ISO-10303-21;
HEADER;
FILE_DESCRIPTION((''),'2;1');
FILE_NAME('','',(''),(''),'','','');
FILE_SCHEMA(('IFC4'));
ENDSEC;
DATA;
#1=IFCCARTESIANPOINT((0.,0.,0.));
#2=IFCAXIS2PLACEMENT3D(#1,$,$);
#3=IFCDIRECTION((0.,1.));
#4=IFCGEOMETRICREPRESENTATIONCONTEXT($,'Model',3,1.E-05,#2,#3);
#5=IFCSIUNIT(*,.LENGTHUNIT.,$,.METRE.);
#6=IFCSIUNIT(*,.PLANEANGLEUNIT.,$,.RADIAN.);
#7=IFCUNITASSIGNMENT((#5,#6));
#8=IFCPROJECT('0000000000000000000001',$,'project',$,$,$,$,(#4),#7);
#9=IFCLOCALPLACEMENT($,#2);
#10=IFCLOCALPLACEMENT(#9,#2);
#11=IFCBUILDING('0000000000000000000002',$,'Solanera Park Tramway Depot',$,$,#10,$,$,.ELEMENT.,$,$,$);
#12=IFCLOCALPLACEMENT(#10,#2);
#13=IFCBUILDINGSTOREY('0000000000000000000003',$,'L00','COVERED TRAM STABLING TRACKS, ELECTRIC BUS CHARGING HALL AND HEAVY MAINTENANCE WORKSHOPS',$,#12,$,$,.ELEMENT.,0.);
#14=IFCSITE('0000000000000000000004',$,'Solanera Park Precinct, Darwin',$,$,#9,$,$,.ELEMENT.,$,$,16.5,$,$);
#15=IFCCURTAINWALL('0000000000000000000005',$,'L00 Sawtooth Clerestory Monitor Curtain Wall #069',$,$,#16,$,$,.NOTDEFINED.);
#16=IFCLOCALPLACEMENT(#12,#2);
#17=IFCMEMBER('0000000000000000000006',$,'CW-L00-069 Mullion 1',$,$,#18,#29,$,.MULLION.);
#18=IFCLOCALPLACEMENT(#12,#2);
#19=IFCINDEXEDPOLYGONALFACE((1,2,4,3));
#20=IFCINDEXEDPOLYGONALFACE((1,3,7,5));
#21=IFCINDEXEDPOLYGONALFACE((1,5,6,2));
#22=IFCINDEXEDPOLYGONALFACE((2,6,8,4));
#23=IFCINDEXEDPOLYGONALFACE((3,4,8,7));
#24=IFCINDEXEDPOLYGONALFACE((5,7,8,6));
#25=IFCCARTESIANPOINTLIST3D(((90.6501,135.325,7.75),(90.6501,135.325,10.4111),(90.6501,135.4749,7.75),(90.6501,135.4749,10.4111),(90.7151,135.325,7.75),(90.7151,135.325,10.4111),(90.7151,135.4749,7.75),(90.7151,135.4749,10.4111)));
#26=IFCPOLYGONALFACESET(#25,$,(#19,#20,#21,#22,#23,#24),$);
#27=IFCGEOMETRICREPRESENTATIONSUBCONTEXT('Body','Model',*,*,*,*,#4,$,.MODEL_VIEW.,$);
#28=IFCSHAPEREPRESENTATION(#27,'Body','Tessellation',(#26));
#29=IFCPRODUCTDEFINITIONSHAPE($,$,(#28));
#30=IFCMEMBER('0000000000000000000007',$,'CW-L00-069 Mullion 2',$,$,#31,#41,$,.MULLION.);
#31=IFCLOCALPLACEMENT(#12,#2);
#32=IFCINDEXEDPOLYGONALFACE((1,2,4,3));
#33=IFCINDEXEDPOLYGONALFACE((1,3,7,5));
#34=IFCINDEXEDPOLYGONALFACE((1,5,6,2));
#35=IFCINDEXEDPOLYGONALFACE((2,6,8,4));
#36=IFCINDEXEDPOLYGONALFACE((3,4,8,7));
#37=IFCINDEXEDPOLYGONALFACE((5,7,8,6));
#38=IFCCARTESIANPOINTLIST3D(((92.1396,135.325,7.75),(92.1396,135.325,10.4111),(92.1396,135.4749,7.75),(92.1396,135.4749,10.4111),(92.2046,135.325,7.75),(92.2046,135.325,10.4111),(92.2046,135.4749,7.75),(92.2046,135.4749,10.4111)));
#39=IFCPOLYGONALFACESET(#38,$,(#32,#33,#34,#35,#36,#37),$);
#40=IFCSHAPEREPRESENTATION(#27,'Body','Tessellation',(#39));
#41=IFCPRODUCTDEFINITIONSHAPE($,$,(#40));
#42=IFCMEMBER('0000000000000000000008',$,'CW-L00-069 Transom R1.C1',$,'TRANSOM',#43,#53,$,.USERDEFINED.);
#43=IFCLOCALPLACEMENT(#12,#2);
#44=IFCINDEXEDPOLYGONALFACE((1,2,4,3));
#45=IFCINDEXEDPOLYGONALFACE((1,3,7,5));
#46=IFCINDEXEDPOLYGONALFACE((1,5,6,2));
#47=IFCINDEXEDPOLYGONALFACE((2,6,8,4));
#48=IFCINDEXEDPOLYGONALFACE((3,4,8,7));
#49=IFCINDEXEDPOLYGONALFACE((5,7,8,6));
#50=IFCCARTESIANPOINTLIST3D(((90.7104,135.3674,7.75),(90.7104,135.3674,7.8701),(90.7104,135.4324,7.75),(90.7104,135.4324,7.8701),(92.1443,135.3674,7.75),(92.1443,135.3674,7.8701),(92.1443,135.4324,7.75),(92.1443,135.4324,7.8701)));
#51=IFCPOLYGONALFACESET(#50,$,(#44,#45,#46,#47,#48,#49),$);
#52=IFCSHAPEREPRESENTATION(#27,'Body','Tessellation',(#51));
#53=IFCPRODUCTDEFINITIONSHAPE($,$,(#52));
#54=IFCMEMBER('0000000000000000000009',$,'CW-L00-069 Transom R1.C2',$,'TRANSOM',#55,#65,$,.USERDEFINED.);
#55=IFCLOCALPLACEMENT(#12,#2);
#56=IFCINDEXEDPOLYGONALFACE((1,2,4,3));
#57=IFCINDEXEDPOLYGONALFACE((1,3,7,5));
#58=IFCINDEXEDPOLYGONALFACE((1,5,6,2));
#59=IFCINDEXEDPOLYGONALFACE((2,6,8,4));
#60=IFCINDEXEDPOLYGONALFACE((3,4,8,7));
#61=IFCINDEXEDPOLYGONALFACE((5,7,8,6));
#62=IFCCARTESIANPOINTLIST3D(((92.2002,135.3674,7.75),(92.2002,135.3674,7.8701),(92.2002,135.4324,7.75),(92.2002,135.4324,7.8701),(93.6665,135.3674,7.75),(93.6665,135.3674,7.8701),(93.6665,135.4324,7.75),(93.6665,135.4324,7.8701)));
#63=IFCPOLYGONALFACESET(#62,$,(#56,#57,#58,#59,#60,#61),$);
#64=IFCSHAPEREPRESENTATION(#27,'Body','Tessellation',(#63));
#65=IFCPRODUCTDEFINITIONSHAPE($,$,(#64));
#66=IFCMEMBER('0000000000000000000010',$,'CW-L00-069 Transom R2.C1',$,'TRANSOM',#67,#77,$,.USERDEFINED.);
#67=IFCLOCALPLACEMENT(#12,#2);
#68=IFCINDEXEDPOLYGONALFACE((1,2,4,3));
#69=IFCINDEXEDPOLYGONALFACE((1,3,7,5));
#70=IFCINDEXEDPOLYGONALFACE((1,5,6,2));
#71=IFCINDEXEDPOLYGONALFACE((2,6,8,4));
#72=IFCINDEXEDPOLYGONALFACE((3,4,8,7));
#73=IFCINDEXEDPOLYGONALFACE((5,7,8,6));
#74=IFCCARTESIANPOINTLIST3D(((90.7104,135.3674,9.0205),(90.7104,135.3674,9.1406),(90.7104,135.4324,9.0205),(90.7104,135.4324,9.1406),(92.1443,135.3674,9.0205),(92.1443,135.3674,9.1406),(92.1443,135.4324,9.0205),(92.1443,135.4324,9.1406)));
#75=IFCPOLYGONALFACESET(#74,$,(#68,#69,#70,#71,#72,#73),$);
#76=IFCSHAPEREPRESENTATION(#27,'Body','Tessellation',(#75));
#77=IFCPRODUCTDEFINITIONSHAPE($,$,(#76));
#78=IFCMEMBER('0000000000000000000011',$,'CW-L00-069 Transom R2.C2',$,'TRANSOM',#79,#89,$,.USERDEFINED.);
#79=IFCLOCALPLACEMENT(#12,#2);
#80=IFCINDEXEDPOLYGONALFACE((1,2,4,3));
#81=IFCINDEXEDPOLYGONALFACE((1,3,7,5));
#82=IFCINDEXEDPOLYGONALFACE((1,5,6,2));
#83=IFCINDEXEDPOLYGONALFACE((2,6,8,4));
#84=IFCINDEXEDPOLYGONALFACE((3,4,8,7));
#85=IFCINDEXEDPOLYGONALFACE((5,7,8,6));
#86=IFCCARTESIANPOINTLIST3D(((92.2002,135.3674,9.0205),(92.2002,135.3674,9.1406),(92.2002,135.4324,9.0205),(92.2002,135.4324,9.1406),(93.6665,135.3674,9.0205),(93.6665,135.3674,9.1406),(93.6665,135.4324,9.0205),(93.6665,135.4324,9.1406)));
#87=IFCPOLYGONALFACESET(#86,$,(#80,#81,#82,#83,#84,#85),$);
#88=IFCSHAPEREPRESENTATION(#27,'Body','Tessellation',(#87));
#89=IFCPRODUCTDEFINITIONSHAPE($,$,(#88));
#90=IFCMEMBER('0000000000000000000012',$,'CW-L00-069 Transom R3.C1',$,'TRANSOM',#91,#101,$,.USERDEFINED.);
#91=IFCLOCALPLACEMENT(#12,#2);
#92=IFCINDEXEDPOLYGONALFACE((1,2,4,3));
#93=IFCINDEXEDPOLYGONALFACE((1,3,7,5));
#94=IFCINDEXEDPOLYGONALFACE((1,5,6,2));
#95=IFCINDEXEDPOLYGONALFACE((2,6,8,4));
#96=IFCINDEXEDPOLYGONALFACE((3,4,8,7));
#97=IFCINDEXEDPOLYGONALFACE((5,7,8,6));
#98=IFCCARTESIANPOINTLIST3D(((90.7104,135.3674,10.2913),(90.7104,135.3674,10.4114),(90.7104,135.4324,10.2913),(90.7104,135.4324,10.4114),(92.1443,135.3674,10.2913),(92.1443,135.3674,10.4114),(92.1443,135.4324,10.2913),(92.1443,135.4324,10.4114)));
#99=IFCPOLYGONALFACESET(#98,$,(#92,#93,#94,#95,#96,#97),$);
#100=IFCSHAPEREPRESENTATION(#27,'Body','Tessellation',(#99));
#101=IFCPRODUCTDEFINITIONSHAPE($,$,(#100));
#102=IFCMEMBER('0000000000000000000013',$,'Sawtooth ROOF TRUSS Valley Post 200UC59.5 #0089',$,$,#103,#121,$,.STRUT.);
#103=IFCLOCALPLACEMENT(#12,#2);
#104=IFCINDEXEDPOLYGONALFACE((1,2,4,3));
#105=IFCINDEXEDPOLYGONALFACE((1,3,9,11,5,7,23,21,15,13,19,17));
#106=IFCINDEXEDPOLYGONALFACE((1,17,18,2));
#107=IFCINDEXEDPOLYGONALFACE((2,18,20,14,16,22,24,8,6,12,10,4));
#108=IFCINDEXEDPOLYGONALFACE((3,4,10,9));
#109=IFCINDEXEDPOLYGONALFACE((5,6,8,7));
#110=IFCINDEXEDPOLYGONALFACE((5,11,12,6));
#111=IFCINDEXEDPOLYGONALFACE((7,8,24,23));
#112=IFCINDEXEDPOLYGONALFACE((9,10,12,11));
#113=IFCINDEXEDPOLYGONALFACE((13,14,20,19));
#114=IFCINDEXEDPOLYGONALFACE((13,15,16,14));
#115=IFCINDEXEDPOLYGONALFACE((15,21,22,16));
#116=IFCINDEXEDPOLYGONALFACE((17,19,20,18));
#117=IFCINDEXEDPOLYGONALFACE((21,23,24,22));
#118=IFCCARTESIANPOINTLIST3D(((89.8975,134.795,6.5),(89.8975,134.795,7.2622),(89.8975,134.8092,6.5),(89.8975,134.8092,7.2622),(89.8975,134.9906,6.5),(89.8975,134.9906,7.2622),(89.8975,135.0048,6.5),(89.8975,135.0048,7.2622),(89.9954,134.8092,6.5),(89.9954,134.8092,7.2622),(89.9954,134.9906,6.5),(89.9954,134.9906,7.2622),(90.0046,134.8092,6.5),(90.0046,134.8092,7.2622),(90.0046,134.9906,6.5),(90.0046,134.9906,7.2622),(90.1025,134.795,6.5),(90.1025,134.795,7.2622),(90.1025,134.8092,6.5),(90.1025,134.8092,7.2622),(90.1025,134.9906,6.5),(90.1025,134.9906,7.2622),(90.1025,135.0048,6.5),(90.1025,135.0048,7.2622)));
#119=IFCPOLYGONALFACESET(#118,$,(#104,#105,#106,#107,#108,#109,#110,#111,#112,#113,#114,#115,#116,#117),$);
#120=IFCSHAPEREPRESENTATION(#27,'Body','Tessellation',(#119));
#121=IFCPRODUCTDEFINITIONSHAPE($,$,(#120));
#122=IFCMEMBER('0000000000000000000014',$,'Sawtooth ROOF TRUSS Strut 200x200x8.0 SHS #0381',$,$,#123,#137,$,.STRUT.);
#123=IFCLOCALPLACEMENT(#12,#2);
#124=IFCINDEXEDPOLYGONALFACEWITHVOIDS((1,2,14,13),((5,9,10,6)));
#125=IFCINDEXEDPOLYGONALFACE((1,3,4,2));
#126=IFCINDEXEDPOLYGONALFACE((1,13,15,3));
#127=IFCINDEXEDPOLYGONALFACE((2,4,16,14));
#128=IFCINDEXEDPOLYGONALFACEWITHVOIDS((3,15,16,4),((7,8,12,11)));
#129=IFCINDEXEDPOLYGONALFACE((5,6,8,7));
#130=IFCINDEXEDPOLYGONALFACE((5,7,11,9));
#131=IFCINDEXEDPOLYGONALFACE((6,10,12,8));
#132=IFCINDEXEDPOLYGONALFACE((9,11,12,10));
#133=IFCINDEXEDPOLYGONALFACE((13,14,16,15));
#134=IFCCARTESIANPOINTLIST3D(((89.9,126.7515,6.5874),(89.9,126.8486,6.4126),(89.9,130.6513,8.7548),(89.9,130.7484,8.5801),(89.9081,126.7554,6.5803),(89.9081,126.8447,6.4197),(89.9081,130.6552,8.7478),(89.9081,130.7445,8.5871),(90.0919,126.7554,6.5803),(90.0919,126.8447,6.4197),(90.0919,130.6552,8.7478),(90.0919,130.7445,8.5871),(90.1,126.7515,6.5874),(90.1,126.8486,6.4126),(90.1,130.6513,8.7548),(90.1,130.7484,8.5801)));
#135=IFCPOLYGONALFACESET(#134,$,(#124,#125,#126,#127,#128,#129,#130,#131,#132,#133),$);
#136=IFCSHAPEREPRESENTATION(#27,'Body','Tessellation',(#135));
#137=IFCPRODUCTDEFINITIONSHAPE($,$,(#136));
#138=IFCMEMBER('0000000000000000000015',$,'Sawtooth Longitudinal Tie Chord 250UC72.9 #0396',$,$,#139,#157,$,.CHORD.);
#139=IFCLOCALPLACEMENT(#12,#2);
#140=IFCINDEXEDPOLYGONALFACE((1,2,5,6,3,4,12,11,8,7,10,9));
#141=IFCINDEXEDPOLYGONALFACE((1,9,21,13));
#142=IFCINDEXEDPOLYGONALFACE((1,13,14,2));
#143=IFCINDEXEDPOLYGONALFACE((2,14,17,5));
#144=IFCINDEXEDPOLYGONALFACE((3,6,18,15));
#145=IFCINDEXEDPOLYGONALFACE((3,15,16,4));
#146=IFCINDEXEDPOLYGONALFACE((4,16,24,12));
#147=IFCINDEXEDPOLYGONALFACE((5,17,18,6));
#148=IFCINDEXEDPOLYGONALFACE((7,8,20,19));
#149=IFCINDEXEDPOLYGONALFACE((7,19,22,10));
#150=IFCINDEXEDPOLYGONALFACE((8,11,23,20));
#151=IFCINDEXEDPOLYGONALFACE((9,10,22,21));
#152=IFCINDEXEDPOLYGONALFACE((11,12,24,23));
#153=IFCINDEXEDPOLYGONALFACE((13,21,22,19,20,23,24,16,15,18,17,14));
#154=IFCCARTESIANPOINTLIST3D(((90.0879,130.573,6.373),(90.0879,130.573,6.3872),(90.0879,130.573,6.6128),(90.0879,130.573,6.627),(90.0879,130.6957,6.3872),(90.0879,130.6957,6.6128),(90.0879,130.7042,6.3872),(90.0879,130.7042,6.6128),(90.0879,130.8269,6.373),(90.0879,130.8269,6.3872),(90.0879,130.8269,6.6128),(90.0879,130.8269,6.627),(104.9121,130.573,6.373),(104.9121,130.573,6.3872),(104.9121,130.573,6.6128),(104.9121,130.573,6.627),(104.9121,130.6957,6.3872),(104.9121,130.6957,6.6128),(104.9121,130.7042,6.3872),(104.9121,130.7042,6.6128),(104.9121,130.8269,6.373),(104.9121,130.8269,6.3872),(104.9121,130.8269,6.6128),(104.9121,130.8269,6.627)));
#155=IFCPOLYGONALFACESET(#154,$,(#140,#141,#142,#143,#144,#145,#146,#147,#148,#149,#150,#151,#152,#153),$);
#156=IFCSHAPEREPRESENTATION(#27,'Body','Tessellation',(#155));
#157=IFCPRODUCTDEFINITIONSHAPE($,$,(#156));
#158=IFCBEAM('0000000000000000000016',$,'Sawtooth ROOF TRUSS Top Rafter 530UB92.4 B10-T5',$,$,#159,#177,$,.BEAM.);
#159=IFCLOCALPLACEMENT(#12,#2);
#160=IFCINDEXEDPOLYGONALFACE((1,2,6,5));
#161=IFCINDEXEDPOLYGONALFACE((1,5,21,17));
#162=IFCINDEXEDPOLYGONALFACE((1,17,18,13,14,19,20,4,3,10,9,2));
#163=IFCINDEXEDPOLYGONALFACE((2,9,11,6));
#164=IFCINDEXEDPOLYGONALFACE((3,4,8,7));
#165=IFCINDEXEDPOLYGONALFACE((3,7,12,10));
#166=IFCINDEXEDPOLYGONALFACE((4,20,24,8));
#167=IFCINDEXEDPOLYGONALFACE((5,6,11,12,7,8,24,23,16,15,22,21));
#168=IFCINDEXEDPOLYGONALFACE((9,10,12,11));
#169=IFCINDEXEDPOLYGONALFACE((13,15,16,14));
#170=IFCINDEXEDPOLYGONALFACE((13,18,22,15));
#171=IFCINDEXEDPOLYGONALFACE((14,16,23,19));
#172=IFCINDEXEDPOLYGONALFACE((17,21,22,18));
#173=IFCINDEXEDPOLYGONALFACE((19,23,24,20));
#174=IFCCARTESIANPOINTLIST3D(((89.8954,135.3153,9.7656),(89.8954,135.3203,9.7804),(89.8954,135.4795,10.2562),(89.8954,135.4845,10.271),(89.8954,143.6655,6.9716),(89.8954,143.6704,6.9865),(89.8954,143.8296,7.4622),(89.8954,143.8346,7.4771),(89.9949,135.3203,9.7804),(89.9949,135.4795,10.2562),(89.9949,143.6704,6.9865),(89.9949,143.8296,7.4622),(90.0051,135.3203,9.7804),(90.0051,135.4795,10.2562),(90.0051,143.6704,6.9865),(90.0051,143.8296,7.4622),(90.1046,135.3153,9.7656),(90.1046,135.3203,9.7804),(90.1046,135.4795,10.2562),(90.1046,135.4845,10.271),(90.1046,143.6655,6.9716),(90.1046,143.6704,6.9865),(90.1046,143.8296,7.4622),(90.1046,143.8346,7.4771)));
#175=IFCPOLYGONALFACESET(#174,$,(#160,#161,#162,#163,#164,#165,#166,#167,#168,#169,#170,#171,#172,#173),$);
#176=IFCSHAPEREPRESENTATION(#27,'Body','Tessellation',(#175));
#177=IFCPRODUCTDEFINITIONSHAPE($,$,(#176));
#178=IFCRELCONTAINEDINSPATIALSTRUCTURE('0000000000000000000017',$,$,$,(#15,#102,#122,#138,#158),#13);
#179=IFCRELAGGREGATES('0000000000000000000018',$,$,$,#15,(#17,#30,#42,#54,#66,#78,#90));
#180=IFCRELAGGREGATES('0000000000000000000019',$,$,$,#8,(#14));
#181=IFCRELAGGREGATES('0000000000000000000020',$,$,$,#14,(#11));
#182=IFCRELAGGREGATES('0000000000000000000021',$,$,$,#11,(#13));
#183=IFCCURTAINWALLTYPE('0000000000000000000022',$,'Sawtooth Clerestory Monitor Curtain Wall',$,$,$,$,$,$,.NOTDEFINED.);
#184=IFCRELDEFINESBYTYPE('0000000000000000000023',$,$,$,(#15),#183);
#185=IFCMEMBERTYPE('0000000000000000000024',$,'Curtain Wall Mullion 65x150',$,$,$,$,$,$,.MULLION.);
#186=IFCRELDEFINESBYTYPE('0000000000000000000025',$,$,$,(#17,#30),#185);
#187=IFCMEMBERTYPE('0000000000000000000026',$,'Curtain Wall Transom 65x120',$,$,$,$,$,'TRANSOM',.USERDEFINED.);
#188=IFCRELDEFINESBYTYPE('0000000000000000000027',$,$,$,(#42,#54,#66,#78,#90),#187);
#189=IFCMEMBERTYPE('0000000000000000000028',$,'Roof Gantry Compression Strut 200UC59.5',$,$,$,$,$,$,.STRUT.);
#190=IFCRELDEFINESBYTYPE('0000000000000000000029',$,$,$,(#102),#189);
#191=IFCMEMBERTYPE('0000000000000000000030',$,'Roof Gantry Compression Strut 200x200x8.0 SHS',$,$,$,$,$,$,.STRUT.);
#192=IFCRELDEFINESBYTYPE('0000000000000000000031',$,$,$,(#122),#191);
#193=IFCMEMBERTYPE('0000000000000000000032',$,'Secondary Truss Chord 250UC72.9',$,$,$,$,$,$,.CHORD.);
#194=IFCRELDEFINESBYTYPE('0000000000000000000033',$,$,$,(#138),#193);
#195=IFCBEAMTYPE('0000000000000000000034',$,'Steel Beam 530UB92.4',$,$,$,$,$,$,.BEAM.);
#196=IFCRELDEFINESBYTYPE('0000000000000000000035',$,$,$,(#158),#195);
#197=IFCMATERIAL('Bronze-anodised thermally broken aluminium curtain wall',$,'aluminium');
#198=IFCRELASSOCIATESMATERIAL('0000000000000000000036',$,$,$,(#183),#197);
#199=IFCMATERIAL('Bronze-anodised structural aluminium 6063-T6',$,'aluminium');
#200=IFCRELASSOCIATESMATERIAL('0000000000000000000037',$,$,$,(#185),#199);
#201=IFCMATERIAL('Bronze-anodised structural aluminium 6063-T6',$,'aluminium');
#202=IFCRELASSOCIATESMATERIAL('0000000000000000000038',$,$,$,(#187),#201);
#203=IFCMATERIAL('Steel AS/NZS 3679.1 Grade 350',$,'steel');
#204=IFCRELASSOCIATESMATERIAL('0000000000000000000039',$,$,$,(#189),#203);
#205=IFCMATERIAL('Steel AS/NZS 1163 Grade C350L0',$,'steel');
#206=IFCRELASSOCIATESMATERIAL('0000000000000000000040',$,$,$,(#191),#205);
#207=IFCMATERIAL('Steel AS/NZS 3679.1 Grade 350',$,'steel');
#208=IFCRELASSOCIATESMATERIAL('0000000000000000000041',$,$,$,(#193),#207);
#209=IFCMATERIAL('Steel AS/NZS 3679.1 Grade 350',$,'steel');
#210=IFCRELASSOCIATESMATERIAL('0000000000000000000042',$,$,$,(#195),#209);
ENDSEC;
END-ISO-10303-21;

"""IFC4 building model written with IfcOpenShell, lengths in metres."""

from ifc_helpers import new_model, si_unit, direction, frame, origin, origin_2d, place, context, subcontext, project, spatial, rectangle, hollow_rectangle, i_section, extrude, material, material_profile, profile_set, type_object, element, aggregate, save


model = new_model("IFC4")

# Units and contexts
model_context = context("Model", 3, precision=1e-05, world=origin(), true_north=direction((0.0, 1.0)))
body_context = subcontext(model_context, "Body", "Model", "MODEL_VIEW")
ifc_project = project(units=[si_unit("LENGTHUNIT", "METRE"), si_unit("PLANEANGLEUNIT", "RADIAN")], contexts=[model_context])

# Site, building, storey
site_placement = place(None, origin())
site = spatial("IfcSite", under=ifc_project, at=site_placement, Name="Solanera Park Precinct, Darwin", CompositionType="ELEMENT", RefElevation=16.5)
building_placement = place(site_placement, origin())
building = spatial("IfcBuilding", under=site, at=building_placement, Name="Solanera Park Tramway Depot", CompositionType="ELEMENT")
storey_placement = place(building_placement, origin())
storey = spatial("IfcBuildingStorey", under=building, at=storey_placement, Name="L00", Description="COVERED TRAM STABLING TRACKS, ELECTRIC BUS CHARGING HALL AND HEAVY MAINTENANCE WORKSHOPS", CompositionType="ELEMENT", Elevation=0.0)

# Curtain wall, members
ifc_material_1 = material(Name="Bronze-anodised thermally broken aluminium curtain wall", Category="aluminium")
curtain_wall_type = type_object("IfcCurtainWallType", Name="Sawtooth Clerestory Monitor Curtain Wall", PredefinedType="NOTDEFINED", material=ifc_material_1)
curtain_wall_placement = place(storey_placement, origin())
curtain_wall = element("IfcCurtainWall", 1, at=curtain_wall_placement, inside=storey, type_object=curtain_wall_type, Name="L00 Sawtooth Clerestory Monitor Curtain Wall #069", PredefinedType="NOTDEFINED")
ifc_material_2 = material(Name="Bronze-anodised structural aluminium 6063-T6", Category="aluminium")
ifc_material_profile_1 = material_profile(ifc_material_2, rectangle(XDim=0.0649, YDim=0.1499, at=origin_2d()), Name="Curtain Wall Mullion 65x150")
ifc_profile_set_1 = profile_set([ifc_material_profile_1], Name="Bronze-anodised structural aluminium 6063-T6")
member_type_1 = type_object("IfcMemberType", Name="Curtain Wall Mullion 65x150", PredefinedType="MULLION", material=ifc_profile_set_1)
member_1_placement = place(storey_placement, frame((90.6826, 135.3999, 7.75), z_axis=(0.0, 0.0, 1.0), x_axis=(1.0, 0.0, 0.0)))
member_1 = element("IfcMember", 2, at=member_1_placement, type_object=member_type_1, Name="CW-L00-069 Mullion 1", PredefinedType="MULLION", context=body_context, shape_type="SweptSolid", body=[
    extrude(rectangle(XDim=0.0649, YDim=0.1499, at=origin_2d()), origin(), (0.0, 0.0, 1.0), 2.6611),
])
member_2_placement = place(storey_placement, frame((92.1721, 135.3999, 7.75), z_axis=(0.0, 0.0, 1.0), x_axis=(1.0, 0.0, 0.0)))
member_2 = element("IfcMember", 3, at=member_2_placement, type_object=member_type_1, Name="CW-L00-069 Mullion 2", PredefinedType="MULLION", context=body_context, shape_type="SweptSolid", body=[
    extrude(rectangle(XDim=0.0649, YDim=0.1499, at=origin_2d()), origin(), (0.0, 0.0, 1.0), 2.6611),
])
ifc_material_3 = material(Name="Bronze-anodised structural aluminium 6063-T6", Category="aluminium")
ifc_material_profile_2 = material_profile(ifc_material_3, rectangle(XDim=0.0649, YDim=0.1201, at=origin_2d()), Name="Curtain Wall Transom 65x120")
ifc_profile_set_2 = profile_set([ifc_material_profile_2], Name="Bronze-anodised structural aluminium 6063-T6")
member_type_2 = type_object("IfcMemberType", Name="Curtain Wall Transom 65x120", ElementType="TRANSOM", PredefinedType="USERDEFINED", material=ifc_profile_set_2)
member_3_placement = place(storey_placement, frame((90.7104, 135.3999, 7.8101), z_axis=(1.0, 0.0, 0.0), x_axis=(0.0, 1.0, 0.0)))
member_3 = element("IfcMember", 4, at=member_3_placement, type_object=member_type_2, Name="CW-L00-069 Transom R1.C1", ObjectType="TRANSOM", PredefinedType="USERDEFINED", context=body_context, shape_type="SweptSolid", body=[
    extrude(rectangle(XDim=0.0649, YDim=0.1201, at=origin_2d()), origin(), (0.0, 0.0, 1.0), 1.4338),
])
member_4_placement = place(storey_placement, frame((92.2002, 135.3999, 7.8101), z_axis=(1.0, 0.0, 0.0), x_axis=(0.0, 1.0, 0.0)))
member_4 = element("IfcMember", 5, at=member_4_placement, type_object=member_type_2, Name="CW-L00-069 Transom R1.C2", ObjectType="TRANSOM", PredefinedType="USERDEFINED", context=body_context, shape_type="SweptSolid", body=[
    extrude(rectangle(XDim=0.0649, YDim=0.1201, at=origin_2d()), origin(), (0.0, 0.0, 1.0), 1.4663),
])
member_5_placement = place(storey_placement, frame((90.7104, 135.3999, 9.0806), z_axis=(1.0, 0.0, 0.0), x_axis=(0.0, 1.0, 0.0)))
member_5 = element("IfcMember", 6, at=member_5_placement, type_object=member_type_2, Name="CW-L00-069 Transom R2.C1", ObjectType="TRANSOM", PredefinedType="USERDEFINED", context=body_context, shape_type="SweptSolid", body=[
    extrude(rectangle(XDim=0.0649, YDim=0.1201, at=origin_2d()), origin(), (0.0, 0.0, 1.0), 1.4338),
])
member_6_placement = place(storey_placement, frame((92.2002, 135.3999, 9.0806), z_axis=(1.0, 0.0, 0.0), x_axis=(0.0, 1.0, 0.0)))
member_6 = element("IfcMember", 7, at=member_6_placement, type_object=member_type_2, Name="CW-L00-069 Transom R2.C2", ObjectType="TRANSOM", PredefinedType="USERDEFINED", context=body_context, shape_type="SweptSolid", body=[
    extrude(rectangle(XDim=0.0649, YDim=0.1201, at=origin_2d()), origin(), (0.0, 0.0, 1.0), 1.4663),
])
member_7_placement = place(storey_placement, frame((90.7104, 135.3999, 10.3513), z_axis=(1.0, 0.0, 0.0), x_axis=(0.0, 1.0, 0.0)))
member_7 = element("IfcMember", 8, at=member_7_placement, type_object=member_type_2, Name="CW-L00-069 Transom R3.C1", ObjectType="TRANSOM", PredefinedType="USERDEFINED", context=body_context, shape_type="SweptSolid", body=[
    extrude(rectangle(XDim=0.0649, YDim=0.1201, at=origin_2d()), origin(), (0.0, 0.0, 1.0), 1.4338),
])

# Members
ifc_material_4 = material(Name="Steel AS/NZS 3679.1 Grade 350", Category="steel")
ifc_material_profile_3 = material_profile(ifc_material_4, i_section(OverallWidth=0.2051, OverallDepth=0.2097, WebThickness=0.0093, FlangeThickness=0.0142, at=origin_2d()), Name="200UC59.5")
ifc_profile_set_3 = profile_set([ifc_material_profile_3], Name="Steel AS/NZS 3679.1 Grade 350")
member_type_3 = type_object("IfcMemberType", Name="Roof Gantry Compression Strut 200UC59.5", PredefinedType="STRUT", material=ifc_profile_set_3)
member_8_placement = place(storey_placement, frame((90.0, 134.8999, 6.5), z_axis=(0.0, 0.0, 1.0), x_axis=(1.0, 0.0, 0.0)))
element("IfcMember", 9, at=member_8_placement, inside=storey, type_object=member_type_3, Name="Sawtooth ROOF TRUSS Valley Post 200UC59.5 #0089", PredefinedType="STRUT", context=body_context, shape_type="SweptSolid", body=[
    extrude(i_section(OverallWidth=0.2051, OverallDepth=0.2097, WebThickness=0.0093, FlangeThickness=0.0142, at=origin_2d()), origin(), (0.0, 0.0, 1.0), 0.7622),
])
ifc_material_5 = material(Name="Steel AS/NZS 1163 Grade C350L0", Category="steel")
ifc_material_profile_4 = material_profile(ifc_material_5, hollow_rectangle(XDim=0.2, YDim=0.2, WallThickness=0.0081, at=origin_2d()), Name="200x200x8.0 SHS")
ifc_profile_set_4 = profile_set([ifc_material_profile_4], Name="Steel AS/NZS 1163 Grade C350L0")
member_type_4 = type_object("IfcMemberType", Name="Roof Gantry Compression Strut 200x200x8.0 SHS", PredefinedType="STRUT", material=ifc_profile_set_4)
member_9_placement = place(storey_placement, frame((90.0, 126.8, 6.5), z_axis=(0.0, 0.874075, 0.485792), x_axis=(-1.0, 0.0, 0.0)))
element("IfcMember", 10, at=member_9_placement, inside=storey, type_object=member_type_4, Name="Sawtooth ROOF TRUSS Strut 200x200x8.0 SHS #0381", PredefinedType="STRUT", context=body_context, shape_type="SweptSolid", body=[
    extrude(hollow_rectangle(XDim=0.2, YDim=0.2, WallThickness=0.0081, at=origin_2d()), origin(), (0.0, 0.0, 1.0), 4.4617),
])
ifc_material_6 = material(Name="Steel AS/NZS 3679.1 Grade 350", Category="steel")
ifc_material_profile_5 = material_profile(ifc_material_6, i_section(OverallWidth=0.2539, OverallDepth=0.2539, WebThickness=0.0085, FlangeThickness=0.0142, at=origin_2d()), Name="250UC72.9")
ifc_profile_set_5 = profile_set([ifc_material_profile_5], Name="Steel AS/NZS 3679.1 Grade 350")
member_type_5 = type_object("IfcMemberType", Name="Secondary Truss Chord 250UC72.9", PredefinedType="CHORD", material=ifc_profile_set_5)
member_10_placement = place(storey_placement, frame((90.0879, 130.7, 6.5), z_axis=(1.0, 0.0, 0.0), x_axis=(0.0, 1.0, 0.0)))
element("IfcMember", 11, at=member_10_placement, inside=storey, type_object=member_type_5, Name="Sawtooth Longitudinal Tie Chord 250UC72.9 #0396", PredefinedType="CHORD", context=body_context, shape_type="SweptSolid", body=[
    extrude(i_section(OverallWidth=0.2539, OverallDepth=0.2539, WebThickness=0.0085, FlangeThickness=0.0142, at=origin_2d()), origin(), (0.0, 0.0, 1.0), 14.8242),
])

# Beam
ifc_material_7 = material(Name="Steel AS/NZS 3679.1 Grade 350", Category="steel")
ifc_material_profile_6 = material_profile(ifc_material_7, i_section(OverallWidth=0.2092, OverallDepth=0.533, WebThickness=0.0103, FlangeThickness=0.0156, at=origin_2d()), Name="530UB92.4")
ifc_profile_set_6 = profile_set([ifc_material_profile_6], Name="Steel AS/NZS 3679.1 Grade 350")
beam_type_1 = type_object("IfcBeamType", Name="Steel Beam 530UB92.4", PredefinedType="BEAM", material=ifc_profile_set_6)
beam_1_placement = place(storey_placement, frame((90.0, 135.3999, 10.0183), z_axis=(0.0, 0.948322, -0.317309), x_axis=(-1.0, 0.0, 0.0)))
element("IfcBeam", 12, at=beam_1_placement, inside=storey, type_object=beam_type_1, Name="Sawtooth ROOF TRUSS Top Rafter 530UB92.4 B10-T5", PredefinedType="BEAM", context=body_context, shape_type="SweptSolid", body=[
    extrude(i_section(OverallWidth=0.2092, OverallDepth=0.533, WebThickness=0.0103, FlangeThickness=0.0156, at=origin_2d()), origin(), (0.0, 0.0, 1.0), 8.8052),
])

aggregate(curtain_wall, [member_1, member_2, member_3, member_4, member_5, member_6, member_7])

save(model, "model.ifc")
